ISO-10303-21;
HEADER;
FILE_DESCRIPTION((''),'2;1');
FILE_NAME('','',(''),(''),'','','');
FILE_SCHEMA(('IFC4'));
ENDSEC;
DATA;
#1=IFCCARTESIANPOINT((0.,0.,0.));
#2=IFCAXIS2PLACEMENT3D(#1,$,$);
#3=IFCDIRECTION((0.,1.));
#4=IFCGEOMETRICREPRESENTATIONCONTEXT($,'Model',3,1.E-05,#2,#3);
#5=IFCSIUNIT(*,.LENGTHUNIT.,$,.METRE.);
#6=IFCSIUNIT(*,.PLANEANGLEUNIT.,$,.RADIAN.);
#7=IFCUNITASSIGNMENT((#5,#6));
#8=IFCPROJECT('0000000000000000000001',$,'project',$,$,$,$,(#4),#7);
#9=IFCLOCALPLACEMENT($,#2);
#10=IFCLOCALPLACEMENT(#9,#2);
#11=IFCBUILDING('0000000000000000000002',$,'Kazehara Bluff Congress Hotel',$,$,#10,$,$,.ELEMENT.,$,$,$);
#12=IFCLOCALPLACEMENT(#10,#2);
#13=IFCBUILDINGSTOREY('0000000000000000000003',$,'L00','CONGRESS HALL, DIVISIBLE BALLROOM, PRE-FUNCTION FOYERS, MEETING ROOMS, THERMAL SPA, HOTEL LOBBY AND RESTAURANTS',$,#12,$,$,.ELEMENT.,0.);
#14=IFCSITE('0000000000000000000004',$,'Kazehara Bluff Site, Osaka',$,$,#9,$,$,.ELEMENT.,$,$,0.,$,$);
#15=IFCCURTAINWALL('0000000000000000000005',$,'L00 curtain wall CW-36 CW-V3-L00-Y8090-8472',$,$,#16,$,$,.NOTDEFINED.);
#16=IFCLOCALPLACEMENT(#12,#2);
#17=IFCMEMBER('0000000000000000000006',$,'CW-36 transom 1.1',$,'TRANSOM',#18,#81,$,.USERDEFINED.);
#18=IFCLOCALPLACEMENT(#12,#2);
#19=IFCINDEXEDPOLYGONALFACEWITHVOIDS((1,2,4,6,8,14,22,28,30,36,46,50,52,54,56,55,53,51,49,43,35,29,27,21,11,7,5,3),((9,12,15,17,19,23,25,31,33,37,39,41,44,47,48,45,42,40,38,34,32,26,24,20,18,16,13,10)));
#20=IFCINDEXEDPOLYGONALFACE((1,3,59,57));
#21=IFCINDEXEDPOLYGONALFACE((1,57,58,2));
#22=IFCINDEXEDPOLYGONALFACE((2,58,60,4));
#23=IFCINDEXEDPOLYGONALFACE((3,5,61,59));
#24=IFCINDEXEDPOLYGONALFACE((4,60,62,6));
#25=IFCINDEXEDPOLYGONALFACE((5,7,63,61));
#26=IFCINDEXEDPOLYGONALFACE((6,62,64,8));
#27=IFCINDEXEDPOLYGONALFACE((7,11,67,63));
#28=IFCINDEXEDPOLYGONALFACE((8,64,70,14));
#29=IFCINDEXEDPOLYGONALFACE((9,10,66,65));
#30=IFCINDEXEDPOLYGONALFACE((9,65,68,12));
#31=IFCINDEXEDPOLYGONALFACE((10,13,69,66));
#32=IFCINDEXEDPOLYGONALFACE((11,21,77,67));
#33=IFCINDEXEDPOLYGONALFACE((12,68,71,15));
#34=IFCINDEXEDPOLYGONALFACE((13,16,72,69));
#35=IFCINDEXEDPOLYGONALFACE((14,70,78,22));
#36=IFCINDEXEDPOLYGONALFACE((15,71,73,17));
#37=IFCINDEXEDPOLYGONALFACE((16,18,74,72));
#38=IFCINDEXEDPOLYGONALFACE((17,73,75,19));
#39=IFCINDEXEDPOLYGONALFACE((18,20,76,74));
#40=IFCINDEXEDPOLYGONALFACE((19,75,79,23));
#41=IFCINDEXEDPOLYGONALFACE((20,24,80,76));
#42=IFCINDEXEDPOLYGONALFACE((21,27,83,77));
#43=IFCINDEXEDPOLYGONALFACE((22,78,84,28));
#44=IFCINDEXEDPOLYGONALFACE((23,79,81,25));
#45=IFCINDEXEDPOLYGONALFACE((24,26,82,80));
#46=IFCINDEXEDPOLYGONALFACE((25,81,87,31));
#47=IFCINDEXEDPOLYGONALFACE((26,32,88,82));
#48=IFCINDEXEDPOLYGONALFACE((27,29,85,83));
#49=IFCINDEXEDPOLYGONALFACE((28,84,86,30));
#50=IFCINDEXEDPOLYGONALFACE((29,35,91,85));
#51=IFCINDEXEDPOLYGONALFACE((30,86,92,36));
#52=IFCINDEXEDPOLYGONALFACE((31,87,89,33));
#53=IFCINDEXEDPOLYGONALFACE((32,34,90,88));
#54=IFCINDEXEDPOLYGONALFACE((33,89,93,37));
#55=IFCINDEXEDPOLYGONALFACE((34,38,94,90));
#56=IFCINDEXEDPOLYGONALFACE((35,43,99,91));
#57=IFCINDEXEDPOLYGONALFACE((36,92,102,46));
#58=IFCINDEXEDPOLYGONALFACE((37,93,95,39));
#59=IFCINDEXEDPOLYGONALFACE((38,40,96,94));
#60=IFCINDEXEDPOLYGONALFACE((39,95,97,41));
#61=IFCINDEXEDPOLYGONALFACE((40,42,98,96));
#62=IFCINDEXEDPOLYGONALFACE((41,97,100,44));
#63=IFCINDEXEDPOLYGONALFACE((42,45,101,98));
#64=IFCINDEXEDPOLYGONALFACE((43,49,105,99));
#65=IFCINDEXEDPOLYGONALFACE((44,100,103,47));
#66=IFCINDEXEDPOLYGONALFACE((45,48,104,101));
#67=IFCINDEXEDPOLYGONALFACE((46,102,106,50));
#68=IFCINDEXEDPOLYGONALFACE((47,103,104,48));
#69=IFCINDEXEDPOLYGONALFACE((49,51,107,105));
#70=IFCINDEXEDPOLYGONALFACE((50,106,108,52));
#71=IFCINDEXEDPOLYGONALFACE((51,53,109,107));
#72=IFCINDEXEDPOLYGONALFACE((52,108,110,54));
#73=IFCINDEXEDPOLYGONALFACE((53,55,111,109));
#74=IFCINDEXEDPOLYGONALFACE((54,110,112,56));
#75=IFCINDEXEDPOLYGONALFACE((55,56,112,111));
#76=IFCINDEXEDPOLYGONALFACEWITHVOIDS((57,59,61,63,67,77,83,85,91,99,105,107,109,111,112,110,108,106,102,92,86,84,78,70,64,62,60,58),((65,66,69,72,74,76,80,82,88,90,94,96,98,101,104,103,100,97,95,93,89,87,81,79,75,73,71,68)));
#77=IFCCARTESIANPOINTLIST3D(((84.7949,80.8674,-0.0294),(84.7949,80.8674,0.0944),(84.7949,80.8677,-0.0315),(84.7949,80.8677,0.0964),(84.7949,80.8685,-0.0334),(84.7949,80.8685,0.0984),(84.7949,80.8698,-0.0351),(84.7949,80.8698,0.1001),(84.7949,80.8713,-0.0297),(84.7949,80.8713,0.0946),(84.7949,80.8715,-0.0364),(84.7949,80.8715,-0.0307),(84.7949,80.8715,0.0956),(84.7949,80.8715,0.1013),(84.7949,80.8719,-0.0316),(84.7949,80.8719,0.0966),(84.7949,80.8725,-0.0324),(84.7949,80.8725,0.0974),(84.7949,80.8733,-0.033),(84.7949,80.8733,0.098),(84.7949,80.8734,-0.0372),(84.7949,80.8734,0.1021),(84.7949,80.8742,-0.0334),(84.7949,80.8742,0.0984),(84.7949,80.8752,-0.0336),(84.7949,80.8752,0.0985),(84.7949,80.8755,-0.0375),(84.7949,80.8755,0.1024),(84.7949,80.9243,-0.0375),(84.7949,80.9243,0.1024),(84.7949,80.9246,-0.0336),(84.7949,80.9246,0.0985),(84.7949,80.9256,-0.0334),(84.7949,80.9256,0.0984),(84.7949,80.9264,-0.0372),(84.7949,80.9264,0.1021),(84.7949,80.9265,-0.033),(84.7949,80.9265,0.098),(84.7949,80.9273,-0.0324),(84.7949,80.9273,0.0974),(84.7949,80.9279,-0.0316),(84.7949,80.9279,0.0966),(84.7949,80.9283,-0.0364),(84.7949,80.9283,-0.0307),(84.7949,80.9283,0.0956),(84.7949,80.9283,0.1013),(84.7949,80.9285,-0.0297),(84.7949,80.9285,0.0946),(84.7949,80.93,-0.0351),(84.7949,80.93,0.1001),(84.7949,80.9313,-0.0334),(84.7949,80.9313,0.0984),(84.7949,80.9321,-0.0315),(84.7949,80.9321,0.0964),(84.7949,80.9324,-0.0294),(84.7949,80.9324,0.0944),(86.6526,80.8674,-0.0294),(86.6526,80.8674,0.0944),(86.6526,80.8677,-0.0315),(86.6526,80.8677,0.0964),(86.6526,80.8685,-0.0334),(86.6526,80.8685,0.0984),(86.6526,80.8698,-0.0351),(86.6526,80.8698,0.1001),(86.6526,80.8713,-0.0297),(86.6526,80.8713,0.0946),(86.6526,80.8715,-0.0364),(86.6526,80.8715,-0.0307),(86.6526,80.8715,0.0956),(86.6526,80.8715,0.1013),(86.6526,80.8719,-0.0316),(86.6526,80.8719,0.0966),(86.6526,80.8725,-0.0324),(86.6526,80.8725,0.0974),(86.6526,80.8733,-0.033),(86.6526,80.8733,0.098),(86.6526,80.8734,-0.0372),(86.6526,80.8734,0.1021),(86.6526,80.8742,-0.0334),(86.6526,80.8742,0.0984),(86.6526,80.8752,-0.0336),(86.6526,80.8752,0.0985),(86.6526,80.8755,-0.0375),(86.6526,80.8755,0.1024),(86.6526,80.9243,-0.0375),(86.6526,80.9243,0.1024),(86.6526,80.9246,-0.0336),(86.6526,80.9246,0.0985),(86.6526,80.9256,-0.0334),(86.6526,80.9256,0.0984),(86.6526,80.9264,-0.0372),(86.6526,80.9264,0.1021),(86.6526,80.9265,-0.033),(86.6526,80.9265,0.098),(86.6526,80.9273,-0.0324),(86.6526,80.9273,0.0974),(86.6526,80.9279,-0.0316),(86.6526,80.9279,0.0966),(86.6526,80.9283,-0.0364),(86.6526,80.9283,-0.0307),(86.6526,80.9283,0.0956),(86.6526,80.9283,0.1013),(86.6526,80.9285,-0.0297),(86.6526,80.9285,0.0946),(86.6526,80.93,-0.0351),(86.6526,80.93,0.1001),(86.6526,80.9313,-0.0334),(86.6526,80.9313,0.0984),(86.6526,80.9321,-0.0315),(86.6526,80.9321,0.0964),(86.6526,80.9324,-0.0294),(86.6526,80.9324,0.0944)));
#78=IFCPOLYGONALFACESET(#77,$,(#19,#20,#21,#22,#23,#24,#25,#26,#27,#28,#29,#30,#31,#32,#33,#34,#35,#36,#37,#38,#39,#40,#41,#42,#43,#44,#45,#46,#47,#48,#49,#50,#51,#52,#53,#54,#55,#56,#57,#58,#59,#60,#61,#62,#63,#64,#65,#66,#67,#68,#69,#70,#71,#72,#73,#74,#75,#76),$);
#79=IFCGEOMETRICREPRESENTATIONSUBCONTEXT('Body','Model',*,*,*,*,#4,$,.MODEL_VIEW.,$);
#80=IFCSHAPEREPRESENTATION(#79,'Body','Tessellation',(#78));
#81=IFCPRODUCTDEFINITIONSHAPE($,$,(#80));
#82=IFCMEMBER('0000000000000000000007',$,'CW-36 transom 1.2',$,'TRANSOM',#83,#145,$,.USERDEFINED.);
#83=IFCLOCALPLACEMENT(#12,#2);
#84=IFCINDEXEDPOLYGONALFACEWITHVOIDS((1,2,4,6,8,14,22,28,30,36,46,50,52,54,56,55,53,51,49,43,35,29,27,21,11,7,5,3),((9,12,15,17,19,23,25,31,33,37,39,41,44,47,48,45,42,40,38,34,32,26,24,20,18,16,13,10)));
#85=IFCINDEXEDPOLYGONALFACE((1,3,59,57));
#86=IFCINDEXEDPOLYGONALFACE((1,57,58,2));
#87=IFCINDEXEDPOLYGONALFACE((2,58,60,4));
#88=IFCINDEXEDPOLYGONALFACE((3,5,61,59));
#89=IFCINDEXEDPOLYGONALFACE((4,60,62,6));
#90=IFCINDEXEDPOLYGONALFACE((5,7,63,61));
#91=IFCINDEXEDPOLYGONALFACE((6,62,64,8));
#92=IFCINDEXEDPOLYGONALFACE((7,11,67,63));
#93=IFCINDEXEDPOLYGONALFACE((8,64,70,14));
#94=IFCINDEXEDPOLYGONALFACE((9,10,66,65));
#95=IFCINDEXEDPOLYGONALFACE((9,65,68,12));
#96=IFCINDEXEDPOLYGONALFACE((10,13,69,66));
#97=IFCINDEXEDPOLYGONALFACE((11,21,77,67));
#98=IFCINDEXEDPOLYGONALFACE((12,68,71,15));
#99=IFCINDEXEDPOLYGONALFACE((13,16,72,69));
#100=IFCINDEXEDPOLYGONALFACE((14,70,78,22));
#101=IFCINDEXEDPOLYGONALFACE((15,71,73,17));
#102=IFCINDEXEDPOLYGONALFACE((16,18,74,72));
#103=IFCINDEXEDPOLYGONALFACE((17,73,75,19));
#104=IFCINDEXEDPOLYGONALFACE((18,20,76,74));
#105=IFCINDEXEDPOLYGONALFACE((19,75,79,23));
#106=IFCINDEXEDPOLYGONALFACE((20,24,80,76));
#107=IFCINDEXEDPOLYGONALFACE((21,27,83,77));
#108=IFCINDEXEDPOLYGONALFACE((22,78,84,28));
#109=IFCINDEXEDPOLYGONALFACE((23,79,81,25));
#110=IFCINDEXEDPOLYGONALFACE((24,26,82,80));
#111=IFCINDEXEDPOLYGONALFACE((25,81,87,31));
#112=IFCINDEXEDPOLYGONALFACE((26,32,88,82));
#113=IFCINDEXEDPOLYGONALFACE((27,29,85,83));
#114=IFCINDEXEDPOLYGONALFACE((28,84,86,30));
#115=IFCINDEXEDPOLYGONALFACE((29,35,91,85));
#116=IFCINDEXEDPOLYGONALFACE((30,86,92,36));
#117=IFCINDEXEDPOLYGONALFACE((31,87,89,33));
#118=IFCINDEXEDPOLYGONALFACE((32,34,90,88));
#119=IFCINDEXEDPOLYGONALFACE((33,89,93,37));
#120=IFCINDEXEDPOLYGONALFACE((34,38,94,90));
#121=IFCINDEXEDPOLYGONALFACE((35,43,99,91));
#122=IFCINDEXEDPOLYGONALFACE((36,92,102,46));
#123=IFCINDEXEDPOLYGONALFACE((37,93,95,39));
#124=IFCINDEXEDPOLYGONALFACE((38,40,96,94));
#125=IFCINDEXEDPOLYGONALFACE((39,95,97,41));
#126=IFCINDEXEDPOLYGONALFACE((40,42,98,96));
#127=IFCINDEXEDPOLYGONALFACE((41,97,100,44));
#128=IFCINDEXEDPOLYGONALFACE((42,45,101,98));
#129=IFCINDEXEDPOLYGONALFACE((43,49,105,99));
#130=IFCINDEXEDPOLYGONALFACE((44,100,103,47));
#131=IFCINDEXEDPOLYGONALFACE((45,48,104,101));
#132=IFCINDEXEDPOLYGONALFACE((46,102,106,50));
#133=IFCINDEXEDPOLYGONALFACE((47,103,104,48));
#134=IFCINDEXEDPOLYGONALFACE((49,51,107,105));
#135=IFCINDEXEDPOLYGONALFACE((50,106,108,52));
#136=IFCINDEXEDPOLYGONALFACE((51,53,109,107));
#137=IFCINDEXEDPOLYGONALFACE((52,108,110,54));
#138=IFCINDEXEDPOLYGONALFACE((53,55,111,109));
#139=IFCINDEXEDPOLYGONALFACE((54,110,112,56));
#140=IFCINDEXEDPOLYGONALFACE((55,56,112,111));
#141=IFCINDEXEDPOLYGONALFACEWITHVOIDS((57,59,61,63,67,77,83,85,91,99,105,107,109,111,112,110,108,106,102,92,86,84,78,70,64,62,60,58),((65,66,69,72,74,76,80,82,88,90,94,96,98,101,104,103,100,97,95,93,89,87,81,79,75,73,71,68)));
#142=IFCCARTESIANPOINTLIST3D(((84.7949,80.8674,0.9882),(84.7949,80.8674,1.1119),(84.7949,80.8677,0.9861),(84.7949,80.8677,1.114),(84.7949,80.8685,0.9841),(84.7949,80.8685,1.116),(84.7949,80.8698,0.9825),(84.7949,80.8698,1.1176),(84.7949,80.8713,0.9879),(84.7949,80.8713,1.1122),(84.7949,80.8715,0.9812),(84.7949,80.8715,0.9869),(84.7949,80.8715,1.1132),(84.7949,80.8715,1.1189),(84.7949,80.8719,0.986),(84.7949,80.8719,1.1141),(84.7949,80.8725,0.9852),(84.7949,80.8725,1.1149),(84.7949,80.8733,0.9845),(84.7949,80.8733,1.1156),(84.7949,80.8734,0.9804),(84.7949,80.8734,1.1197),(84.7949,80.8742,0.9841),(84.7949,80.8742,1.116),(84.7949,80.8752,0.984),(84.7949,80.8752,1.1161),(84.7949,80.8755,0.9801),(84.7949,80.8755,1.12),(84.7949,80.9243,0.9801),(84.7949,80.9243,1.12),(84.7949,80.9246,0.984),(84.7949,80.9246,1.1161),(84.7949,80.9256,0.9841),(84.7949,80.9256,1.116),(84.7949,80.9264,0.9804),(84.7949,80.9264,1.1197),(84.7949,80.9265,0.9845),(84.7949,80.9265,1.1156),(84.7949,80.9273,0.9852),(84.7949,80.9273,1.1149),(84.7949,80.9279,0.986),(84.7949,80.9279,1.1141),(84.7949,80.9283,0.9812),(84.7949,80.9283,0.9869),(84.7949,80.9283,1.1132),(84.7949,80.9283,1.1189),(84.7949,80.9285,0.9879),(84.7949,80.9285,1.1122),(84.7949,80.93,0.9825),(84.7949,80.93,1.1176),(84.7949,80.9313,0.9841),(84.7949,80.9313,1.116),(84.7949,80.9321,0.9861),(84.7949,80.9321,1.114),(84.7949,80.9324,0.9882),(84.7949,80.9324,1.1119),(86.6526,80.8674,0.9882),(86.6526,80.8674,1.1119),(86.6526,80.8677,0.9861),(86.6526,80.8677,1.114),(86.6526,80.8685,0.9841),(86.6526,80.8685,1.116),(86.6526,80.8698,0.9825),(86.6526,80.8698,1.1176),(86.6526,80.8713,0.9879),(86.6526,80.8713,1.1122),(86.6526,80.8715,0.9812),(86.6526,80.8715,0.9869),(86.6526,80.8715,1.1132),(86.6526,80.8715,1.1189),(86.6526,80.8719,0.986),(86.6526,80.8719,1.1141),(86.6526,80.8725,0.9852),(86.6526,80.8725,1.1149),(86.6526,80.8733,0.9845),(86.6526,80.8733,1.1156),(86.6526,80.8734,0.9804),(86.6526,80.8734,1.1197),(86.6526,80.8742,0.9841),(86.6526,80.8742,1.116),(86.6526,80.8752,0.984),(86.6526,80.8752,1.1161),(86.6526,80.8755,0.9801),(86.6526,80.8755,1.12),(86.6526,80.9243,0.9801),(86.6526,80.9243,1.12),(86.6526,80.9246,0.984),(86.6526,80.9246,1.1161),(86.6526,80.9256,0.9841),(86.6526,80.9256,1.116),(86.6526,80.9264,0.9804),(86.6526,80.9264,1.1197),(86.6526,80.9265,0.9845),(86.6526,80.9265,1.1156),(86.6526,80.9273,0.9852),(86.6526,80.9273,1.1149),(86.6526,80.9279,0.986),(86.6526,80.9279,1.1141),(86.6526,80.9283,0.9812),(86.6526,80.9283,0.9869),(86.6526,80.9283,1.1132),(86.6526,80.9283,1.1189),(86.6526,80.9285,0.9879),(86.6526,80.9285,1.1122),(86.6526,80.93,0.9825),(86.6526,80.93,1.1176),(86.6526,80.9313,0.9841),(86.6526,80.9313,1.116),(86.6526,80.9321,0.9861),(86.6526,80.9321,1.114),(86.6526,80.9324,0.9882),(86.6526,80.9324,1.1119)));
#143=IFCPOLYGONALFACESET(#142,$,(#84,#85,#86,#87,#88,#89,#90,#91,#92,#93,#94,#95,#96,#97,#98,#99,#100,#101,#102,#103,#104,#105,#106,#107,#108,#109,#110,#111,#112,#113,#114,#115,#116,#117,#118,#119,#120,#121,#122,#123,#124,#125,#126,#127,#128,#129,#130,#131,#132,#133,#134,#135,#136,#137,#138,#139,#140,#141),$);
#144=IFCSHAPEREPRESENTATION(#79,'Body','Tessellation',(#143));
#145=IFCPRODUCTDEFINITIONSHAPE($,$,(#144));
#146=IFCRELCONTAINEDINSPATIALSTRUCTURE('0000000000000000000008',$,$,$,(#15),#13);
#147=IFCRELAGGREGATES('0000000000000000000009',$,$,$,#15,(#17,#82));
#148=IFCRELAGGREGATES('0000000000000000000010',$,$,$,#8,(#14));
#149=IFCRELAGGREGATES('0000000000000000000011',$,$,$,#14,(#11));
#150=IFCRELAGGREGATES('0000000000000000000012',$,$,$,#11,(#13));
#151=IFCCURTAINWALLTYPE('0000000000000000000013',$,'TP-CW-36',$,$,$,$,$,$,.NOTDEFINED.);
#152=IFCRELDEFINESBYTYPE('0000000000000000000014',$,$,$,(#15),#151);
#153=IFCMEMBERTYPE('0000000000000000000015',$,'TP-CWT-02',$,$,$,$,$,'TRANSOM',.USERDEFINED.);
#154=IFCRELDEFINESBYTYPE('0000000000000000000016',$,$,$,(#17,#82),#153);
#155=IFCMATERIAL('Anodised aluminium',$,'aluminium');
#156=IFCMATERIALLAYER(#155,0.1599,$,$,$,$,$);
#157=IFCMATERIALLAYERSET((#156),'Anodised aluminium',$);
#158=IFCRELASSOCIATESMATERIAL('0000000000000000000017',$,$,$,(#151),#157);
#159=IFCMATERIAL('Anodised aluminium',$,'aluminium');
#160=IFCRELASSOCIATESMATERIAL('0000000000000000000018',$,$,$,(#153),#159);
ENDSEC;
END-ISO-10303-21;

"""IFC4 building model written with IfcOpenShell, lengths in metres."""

from ifc_helpers import new_model, si_unit, direction, frame, origin, origin_2d, place, context, subcontext, project, spatial, hollow_rectangle, extrude, material, layer, layer_set, material_profile, profile_set, type_object, element, aggregate, save


model = new_model("IFC4")

# Units and contexts
model_context = context("Model", 3, precision=1e-05, world=origin(), true_north=direction((0.0, 1.0)))
body_context = subcontext(model_context, "Body", "Model", "MODEL_VIEW")
ifc_project = project(units=[si_unit("LENGTHUNIT", "METRE"), si_unit("PLANEANGLEUNIT", "RADIAN")], contexts=[model_context])

# Site, building, storey
site_placement = place(None, origin())
site = spatial("IfcSite", under=ifc_project, at=site_placement, Name="Kazehara Bluff Site, Osaka", CompositionType="ELEMENT", RefElevation=0.0)
building_placement = place(site_placement, origin())
building = spatial("IfcBuilding", under=site, at=building_placement, Name="Kazehara Bluff Congress Hotel", CompositionType="ELEMENT")
storey_placement = place(building_placement, origin())
storey = spatial("IfcBuildingStorey", under=building, at=storey_placement, Name="L00", Description="CONGRESS HALL, DIVISIBLE BALLROOM, PRE-FUNCTION FOYERS, MEETING ROOMS, THERMAL SPA, HOTEL LOBBY AND RESTAURANTS", CompositionType="ELEMENT", Elevation=0.0)

# Shared definitions
ifc_material_1 = material(Name="Anodised aluminium", Category="aluminium")
ifc_layer_1 = layer(ifc_material_1, 0.1599)
ifc_layer_set_1 = layer_set([ifc_layer_1], Name="Anodised aluminium")
curtain_wall_type = type_object("IfcCurtainWallType", Name="TP-CW-36", PredefinedType="NOTDEFINED", material=ifc_layer_set_1)

# Curtain wall
curtain_wall_1_placement = place(storey_placement, origin())
curtain_wall_1 = element("IfcCurtainWall", 1, at=curtain_wall_1_placement, inside=storey, type_object=curtain_wall_type, Name="L00 curtain wall CW-36 CW-V3-L00-Y8090-8472", PredefinedType="NOTDEFINED")

# Members
ifc_material_2 = material(Name="Anodised aluminium", Category="aluminium")
ifc_material_profile_1 = material_profile(ifc_material_2, hollow_rectangle(XDim=0.0649, YDim=0.1399, WallThickness=0.0039, InnerFilletRadius=0.0039, OuterFilletRadius=0.0081, at=origin_2d()))
ifc_profile_set_1 = profile_set([ifc_material_profile_1], Name="Anodised aluminium")
member_type_1 = type_object("IfcMemberType", Name="TP-CWT-02", ElementType="TRANSOM", PredefinedType="USERDEFINED", material=ifc_profile_set_1)
member_1_placement = place(storey_placement, frame((84.7949, 80.8999, 0.0325), z_axis=(1.0, 0.0, 0.0), x_axis=(0.0, 1.0, 0.0)))
member_1 = element("IfcMember", 2, at=member_1_placement, type_object=member_type_1, Name="CW-36 transom 1.1", ObjectType="TRANSOM", PredefinedType="USERDEFINED", context=body_context, shape_type="SweptSolid", body=[
    extrude(hollow_rectangle(XDim=0.0649, YDim=0.1399, WallThickness=0.0039, InnerFilletRadius=0.0039, OuterFilletRadius=0.0081, at=origin_2d()), origin(), (0.0, 0.0, 1.0), 1.8577),
])
member_2_placement = place(storey_placement, frame((84.7949, 80.8999, 1.05), z_axis=(1.0, 0.0, 0.0), x_axis=(0.0, 1.0, 0.0)))
member_2 = element("IfcMember", 3, at=member_2_placement, type_object=member_type_1, Name="CW-36 transom 1.2", ObjectType="TRANSOM", PredefinedType="USERDEFINED", context=body_context, shape_type="SweptSolid", body=[
    extrude(hollow_rectangle(XDim=0.0649, YDim=0.1399, WallThickness=0.0039, InnerFilletRadius=0.0039, OuterFilletRadius=0.0081, at=origin_2d()), origin(), (0.0, 0.0, 1.0), 1.8577),
])

aggregate(curtain_wall_1, [member_1, member_2])

save(model, "model.ifc")
